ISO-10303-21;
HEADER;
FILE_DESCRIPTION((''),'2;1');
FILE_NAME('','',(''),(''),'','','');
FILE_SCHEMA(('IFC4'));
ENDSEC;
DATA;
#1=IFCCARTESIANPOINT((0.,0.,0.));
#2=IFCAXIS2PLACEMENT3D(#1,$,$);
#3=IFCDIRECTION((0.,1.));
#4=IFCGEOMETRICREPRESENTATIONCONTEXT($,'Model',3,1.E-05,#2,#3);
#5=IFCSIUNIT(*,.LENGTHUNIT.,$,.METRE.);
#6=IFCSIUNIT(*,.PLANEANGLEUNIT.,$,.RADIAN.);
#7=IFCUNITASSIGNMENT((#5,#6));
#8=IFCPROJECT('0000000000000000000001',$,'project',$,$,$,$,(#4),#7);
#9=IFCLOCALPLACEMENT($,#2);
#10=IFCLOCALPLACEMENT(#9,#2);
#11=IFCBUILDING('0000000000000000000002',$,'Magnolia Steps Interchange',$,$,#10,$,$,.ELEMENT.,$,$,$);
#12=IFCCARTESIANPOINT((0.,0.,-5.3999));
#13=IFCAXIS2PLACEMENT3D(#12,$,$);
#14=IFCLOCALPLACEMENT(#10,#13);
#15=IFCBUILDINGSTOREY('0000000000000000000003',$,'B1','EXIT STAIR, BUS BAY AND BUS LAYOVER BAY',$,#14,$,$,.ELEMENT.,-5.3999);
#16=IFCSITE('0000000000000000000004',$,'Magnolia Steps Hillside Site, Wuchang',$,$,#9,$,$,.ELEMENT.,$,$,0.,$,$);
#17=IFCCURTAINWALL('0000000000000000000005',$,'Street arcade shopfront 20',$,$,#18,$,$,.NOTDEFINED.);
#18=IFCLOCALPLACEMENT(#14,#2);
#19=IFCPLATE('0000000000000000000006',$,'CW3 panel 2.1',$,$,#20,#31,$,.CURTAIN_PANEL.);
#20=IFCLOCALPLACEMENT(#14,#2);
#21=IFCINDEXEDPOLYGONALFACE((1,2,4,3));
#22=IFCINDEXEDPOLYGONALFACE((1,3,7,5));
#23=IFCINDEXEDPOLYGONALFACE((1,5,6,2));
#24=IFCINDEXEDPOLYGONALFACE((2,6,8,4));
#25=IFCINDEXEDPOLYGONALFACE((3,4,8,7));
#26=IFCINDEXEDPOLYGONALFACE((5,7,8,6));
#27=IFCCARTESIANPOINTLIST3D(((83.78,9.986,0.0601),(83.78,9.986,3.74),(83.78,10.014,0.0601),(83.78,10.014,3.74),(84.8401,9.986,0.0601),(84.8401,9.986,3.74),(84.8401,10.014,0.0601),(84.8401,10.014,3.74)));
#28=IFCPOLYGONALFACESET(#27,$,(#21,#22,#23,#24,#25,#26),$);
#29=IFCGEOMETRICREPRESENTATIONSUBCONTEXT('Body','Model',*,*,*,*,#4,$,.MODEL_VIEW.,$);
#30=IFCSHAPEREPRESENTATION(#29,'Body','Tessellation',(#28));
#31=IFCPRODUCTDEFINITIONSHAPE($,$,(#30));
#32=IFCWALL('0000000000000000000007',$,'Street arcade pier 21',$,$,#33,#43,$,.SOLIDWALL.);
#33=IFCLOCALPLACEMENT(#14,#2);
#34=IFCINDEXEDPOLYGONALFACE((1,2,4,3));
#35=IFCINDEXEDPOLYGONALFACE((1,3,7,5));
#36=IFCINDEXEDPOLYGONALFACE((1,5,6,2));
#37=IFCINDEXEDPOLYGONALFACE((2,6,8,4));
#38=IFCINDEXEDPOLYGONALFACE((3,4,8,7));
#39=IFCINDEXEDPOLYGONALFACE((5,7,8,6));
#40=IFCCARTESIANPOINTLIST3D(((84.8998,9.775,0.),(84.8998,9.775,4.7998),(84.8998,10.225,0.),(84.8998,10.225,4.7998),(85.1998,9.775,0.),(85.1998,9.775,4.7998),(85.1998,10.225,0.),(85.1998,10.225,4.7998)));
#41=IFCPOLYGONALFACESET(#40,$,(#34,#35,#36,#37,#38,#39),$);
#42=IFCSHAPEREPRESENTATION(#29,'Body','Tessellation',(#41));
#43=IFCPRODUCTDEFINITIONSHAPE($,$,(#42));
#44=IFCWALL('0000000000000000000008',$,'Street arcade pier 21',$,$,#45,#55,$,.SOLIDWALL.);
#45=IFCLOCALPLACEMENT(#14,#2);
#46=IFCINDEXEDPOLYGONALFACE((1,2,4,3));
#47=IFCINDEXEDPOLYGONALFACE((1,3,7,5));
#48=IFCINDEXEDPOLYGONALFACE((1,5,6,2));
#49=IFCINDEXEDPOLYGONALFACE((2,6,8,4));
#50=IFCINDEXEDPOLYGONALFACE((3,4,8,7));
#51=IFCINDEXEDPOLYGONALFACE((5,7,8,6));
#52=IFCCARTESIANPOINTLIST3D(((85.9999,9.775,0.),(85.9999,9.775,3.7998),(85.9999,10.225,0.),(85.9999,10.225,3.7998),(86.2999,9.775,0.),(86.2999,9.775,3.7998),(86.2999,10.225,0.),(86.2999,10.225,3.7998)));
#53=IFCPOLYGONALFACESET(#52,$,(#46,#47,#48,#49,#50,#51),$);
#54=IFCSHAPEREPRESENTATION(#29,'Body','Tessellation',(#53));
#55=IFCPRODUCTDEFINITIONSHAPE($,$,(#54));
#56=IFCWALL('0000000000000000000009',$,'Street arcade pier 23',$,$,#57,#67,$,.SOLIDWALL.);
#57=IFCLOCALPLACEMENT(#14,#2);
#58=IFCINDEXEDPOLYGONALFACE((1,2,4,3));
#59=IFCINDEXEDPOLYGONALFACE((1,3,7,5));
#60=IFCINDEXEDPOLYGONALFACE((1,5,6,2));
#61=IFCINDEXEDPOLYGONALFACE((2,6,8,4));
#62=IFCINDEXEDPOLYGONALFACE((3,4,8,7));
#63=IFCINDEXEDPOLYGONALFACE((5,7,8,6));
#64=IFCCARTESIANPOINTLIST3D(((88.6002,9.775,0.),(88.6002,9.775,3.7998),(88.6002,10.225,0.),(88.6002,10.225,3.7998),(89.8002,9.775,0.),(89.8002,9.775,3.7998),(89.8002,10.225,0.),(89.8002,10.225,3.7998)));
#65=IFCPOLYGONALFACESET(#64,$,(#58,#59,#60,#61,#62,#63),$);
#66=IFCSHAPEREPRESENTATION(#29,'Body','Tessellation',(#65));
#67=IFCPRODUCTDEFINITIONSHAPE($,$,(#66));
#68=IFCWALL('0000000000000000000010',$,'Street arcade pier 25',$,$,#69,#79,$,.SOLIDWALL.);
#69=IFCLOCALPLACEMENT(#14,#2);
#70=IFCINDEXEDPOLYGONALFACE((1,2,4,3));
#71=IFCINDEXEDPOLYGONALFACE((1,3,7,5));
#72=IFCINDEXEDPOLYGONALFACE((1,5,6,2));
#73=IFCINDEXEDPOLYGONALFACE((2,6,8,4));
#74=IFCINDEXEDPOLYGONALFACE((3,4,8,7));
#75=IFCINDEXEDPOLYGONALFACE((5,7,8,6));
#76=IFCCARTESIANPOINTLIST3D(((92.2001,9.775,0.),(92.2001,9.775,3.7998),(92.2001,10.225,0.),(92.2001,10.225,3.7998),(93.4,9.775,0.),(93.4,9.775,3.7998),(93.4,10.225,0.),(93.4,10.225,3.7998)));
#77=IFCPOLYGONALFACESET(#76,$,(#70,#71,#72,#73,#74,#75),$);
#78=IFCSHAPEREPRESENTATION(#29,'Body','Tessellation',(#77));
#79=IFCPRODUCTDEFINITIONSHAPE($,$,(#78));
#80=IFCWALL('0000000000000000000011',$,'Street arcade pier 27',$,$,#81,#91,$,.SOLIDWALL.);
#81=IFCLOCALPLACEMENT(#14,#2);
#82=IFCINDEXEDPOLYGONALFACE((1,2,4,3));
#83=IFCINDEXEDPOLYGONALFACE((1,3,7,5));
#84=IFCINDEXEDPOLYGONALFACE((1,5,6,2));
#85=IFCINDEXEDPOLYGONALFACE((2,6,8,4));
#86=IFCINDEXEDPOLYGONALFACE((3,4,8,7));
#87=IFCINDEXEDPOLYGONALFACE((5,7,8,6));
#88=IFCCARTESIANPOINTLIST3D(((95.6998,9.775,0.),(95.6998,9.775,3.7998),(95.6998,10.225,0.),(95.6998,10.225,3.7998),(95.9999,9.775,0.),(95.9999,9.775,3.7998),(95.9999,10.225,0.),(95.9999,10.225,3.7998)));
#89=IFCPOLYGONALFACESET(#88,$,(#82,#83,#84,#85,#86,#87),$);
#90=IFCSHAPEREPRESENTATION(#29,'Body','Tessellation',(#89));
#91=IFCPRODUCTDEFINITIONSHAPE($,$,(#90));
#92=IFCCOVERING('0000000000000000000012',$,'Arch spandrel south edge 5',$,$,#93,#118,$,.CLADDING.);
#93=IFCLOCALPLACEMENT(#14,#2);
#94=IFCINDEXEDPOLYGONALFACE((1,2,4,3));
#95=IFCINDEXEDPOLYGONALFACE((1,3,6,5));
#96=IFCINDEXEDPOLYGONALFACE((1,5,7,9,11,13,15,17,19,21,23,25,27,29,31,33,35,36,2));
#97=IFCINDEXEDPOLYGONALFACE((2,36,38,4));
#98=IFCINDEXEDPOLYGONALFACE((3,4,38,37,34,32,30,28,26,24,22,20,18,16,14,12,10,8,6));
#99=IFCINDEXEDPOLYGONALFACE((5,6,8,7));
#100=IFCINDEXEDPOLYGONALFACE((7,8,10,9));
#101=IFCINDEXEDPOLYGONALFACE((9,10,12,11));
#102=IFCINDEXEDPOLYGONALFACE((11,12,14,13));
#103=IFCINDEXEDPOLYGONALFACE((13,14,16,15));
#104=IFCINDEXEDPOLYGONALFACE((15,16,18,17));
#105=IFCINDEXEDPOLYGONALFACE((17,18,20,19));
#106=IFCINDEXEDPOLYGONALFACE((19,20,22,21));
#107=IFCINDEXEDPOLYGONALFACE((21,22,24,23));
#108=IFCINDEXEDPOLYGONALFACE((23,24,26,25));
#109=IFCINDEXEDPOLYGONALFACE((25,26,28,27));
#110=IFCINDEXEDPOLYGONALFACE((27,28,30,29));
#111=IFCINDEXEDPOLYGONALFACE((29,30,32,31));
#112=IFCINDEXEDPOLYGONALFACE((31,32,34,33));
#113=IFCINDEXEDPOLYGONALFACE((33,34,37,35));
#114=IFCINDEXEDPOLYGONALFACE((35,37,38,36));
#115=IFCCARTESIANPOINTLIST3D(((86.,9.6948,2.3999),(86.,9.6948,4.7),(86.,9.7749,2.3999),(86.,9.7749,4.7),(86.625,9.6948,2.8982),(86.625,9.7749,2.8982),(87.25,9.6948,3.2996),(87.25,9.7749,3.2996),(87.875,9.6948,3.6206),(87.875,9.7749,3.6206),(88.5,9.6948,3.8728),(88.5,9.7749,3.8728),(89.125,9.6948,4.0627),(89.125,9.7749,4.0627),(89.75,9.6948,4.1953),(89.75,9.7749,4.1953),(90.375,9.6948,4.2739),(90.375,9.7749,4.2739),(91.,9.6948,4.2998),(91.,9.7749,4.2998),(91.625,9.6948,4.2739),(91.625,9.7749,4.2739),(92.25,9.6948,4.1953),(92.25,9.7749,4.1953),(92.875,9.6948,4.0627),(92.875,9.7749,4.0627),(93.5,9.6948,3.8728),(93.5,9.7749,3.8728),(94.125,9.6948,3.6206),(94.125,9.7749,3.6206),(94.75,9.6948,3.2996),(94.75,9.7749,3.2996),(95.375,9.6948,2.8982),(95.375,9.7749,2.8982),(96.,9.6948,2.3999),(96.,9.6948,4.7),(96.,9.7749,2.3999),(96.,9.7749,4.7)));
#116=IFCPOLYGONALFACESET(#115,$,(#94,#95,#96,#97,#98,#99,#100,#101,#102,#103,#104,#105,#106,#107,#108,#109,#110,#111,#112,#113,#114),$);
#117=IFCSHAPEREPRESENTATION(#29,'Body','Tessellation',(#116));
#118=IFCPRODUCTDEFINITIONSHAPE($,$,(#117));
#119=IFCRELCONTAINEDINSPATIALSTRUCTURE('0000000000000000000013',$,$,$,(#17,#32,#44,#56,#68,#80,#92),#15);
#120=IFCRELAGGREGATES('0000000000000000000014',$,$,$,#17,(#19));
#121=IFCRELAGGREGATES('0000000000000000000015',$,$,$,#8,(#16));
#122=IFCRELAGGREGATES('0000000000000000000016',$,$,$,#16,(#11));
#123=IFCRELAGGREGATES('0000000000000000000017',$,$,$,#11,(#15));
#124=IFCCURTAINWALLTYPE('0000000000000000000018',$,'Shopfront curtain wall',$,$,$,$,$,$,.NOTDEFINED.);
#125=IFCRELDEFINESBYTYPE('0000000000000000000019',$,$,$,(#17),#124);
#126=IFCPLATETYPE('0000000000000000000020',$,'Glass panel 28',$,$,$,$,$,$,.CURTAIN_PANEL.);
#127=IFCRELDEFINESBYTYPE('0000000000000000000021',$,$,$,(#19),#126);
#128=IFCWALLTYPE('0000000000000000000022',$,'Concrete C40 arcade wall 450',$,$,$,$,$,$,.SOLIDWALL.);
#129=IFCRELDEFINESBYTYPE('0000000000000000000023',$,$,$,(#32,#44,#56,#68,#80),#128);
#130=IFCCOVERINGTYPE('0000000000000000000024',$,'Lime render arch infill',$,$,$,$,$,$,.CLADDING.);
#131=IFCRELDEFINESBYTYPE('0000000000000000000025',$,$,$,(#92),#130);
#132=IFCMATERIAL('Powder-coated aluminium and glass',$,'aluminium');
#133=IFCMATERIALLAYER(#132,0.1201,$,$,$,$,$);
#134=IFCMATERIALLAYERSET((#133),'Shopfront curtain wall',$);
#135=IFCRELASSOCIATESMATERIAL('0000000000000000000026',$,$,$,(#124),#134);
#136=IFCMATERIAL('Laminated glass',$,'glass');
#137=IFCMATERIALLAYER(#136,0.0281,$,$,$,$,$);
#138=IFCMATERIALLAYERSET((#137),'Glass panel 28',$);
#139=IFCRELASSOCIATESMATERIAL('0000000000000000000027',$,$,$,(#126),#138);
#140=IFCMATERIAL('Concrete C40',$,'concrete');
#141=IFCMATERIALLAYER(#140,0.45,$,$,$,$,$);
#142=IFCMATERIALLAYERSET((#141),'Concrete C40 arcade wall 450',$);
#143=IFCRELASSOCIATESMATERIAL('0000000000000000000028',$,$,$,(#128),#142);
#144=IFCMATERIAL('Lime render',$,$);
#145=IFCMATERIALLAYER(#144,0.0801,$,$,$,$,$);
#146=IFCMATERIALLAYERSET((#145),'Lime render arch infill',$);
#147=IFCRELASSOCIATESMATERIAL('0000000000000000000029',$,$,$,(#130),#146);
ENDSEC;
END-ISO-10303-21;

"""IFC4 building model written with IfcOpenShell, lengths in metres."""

from ifc_helpers import new_model, si_unit, direction, frame, frame_2d, origin, origin_2d, place, context, subcontext, project, spatial, polyline, rectangle, outline, extrude, material, layer, layer_set, type_object, element, aggregate, save


model = new_model("IFC4")

# Units and contexts
model_context = context("Model", 3, precision=1e-05, world=origin(), true_north=direction((0.0, 1.0)))
body_context = subcontext(model_context, "Body", "Model", "MODEL_VIEW")
ifc_project = project(units=[si_unit("LENGTHUNIT", "METRE"), si_unit("PLANEANGLEUNIT", "RADIAN")], contexts=[model_context])

# Site, building, storey
site_placement = place(None, origin())
site = spatial("IfcSite", under=ifc_project, at=site_placement, Name="Magnolia Steps Hillside Site, Wuchang", CompositionType="ELEMENT", RefElevation=0.0)
building_placement = place(site_placement, origin())
building = spatial("IfcBuilding", under=site, at=building_placement, Name="Magnolia Steps Interchange", CompositionType="ELEMENT")
storey_placement = place(building_placement, frame((0.0, 0.0, -5.3999)))
storey = spatial("IfcBuildingStorey", under=building, at=storey_placement, Name="B1", Description="EXIT STAIR, BUS BAY AND BUS LAYOVER BAY", CompositionType="ELEMENT", Elevation=-5.3999)

# Curtain wall
ifc_material_1 = material(Name="Powder-coated aluminium and glass", Category="aluminium")
ifc_layer_1 = layer(ifc_material_1, 0.1201)
ifc_layer_set_1 = layer_set([ifc_layer_1], Name="Shopfront curtain wall")
curtain_wall_type = type_object("IfcCurtainWallType", Name="Shopfront curtain wall", PredefinedType="NOTDEFINED", material=ifc_layer_set_1)
curtain_wall_placement = place(storey_placement, origin())
curtain_wall = element("IfcCurtainWall", 1, at=curtain_wall_placement, inside=storey, type_object=curtain_wall_type, Name="Street arcade shopfront 20", PredefinedType="NOTDEFINED")

# Plate
ifc_material_2 = material(Name="Laminated glass", Category="glass")
ifc_layer_2 = layer(ifc_material_2, 0.0281)
ifc_layer_set_2 = layer_set([ifc_layer_2], Name="Glass panel 28")
plate_type = type_object("IfcPlateType", Name="Glass panel 28", PredefinedType="CURTAIN_PANEL", material=ifc_layer_set_2)
plate_placement = place(storey_placement, frame((84.3101, 10.0, 0.0601), z_axis=(0.0, 0.0, 1.0), x_axis=(1.0, 0.0, 0.0)))
plate = element("IfcPlate", 2, at=plate_placement, type_object=plate_type, Name="CW3 panel 2.1", PredefinedType="CURTAIN_PANEL", context=body_context, shape_type="SweptSolid", body=[
    extrude(rectangle(XDim=1.0601, YDim=0.0281, at=origin_2d()), origin(), (0.0, 0.0, 1.0), 3.6799),
])
aggregate(curtain_wall, [plate])

# Walls
ifc_material_3 = material(Name="Concrete C40", Category="concrete")
ifc_layer_3 = layer(ifc_material_3, 0.45)
ifc_layer_set_3 = layer_set([ifc_layer_3], Name="Concrete C40 arcade wall 450")
wall_type = type_object("IfcWallType", Name="Concrete C40 arcade wall 450", PredefinedType="SOLIDWALL", material=ifc_layer_set_3)
wall_1_placement = place(storey_placement, frame((84.8999, 10.0, 0.0), z_axis=(0.0, 0.0, 1.0), x_axis=(1.0, 0.0, 0.0)))
element("IfcWall", 3, at=wall_1_placement, inside=storey, type_object=wall_type, Name="Street arcade pier 21", PredefinedType="SOLIDWALL", context=body_context, shape_type="SweptSolid", body=[
    extrude(rectangle(XDim=0.3, YDim=0.45, at=frame_2d((0.1499, 0.0))), origin(), (0.0, 0.0, 1.0), 4.7998),
])
wall_2_placement = place(storey_placement, frame((86.0, 10.0, 0.0), z_axis=(0.0, 0.0, 1.0), x_axis=(1.0, 0.0, 0.0)))
element("IfcWall", 4, at=wall_2_placement, inside=storey, type_object=wall_type, Name="Street arcade pier 21", PredefinedType="SOLIDWALL", context=body_context, shape_type="SweptSolid", body=[
    extrude(rectangle(XDim=0.3, YDim=0.45, at=frame_2d((0.1499, 0.0))), origin(), (0.0, 0.0, 1.0), 3.7998),
])
for number, where, z_axis, x_axis, name in (
    (5, (88.6001, 10.0, 0.0), (0.0, 0.0, 1.0), (1.0, 0.0, 0.0), "Street arcade pier 23"),
    (6, (92.2, 10.0, 0.0), (0.0, 0.0, 1.0), (1.0, 0.0, 0.0), "Street arcade pier 25"),
):
    element("IfcWall", number, at=place(storey_placement, frame(where, z_axis=z_axis, x_axis=x_axis)), inside=storey, type_object=wall_type, Name=name, PredefinedType="SOLIDWALL", context=body_context, shape_type="SweptSolid", body=[
        extrude(rectangle(XDim=1.2, YDim=0.45, at=frame_2d((0.6001, 0.0))), origin(), (0.0, 0.0, 1.0), 3.7998),
    ])
wall_3_placement = place(storey_placement, frame((95.7, 10.0, 0.0), z_axis=(0.0, 0.0, 1.0), x_axis=(1.0, 0.0, 0.0)))
element("IfcWall", 7, at=wall_3_placement, inside=storey, type_object=wall_type, Name="Street arcade pier 27", PredefinedType="SOLIDWALL", context=body_context, shape_type="SweptSolid", body=[
    extrude(rectangle(XDim=0.3, YDim=0.45, at=frame_2d((0.1499, 0.0))), origin(), (0.0, 0.0, 1.0), 3.7998),
])

# Covering
ifc_material_4 = material(Name="Lime render")
ifc_layer_4 = layer(ifc_material_4, 0.0801)
ifc_layer_set_4 = layer_set([ifc_layer_4], Name="Lime render arch infill")
covering_type = type_object("IfcCoveringType", Name="Lime render arch infill", PredefinedType="CLADDING", material=ifc_layer_set_4)
covering_placement = place(storey_placement, frame((86.0, 9.7749, 2.3999), z_axis=(0.0, 1.0, 0.0), x_axis=(0.0, 0.0, 1.0)))
element("IfcCovering", 8, at=covering_placement, inside=storey, type_object=covering_type, Name="Arch spandrel south edge 5", PredefinedType="CLADDING", context=body_context, shape_type="SweptSolid", body=[
    extrude(outline(polyline([(0.0, 0.0), (2.3, 0.0), (2.3, 10.0), (0.0, 10.0), (0.4983, 9.375), (0.8997, 8.75), (1.2207, 8.125), (1.4729, 7.5), (1.6628, 6.875), (1.7954, 6.25), (1.874, 5.625), (1.8999, 5.0), (1.874, 4.375), (1.7954, 3.75), (1.6628, 3.125), (1.4729, 2.5), (1.2207, 1.875), (0.8997, 1.25), (0.4983, 0.625), (0.0, 0.0)])), origin(), (0.0, 0.0, -1.0), 0.0801),
])

save(model, "model.ifc")
